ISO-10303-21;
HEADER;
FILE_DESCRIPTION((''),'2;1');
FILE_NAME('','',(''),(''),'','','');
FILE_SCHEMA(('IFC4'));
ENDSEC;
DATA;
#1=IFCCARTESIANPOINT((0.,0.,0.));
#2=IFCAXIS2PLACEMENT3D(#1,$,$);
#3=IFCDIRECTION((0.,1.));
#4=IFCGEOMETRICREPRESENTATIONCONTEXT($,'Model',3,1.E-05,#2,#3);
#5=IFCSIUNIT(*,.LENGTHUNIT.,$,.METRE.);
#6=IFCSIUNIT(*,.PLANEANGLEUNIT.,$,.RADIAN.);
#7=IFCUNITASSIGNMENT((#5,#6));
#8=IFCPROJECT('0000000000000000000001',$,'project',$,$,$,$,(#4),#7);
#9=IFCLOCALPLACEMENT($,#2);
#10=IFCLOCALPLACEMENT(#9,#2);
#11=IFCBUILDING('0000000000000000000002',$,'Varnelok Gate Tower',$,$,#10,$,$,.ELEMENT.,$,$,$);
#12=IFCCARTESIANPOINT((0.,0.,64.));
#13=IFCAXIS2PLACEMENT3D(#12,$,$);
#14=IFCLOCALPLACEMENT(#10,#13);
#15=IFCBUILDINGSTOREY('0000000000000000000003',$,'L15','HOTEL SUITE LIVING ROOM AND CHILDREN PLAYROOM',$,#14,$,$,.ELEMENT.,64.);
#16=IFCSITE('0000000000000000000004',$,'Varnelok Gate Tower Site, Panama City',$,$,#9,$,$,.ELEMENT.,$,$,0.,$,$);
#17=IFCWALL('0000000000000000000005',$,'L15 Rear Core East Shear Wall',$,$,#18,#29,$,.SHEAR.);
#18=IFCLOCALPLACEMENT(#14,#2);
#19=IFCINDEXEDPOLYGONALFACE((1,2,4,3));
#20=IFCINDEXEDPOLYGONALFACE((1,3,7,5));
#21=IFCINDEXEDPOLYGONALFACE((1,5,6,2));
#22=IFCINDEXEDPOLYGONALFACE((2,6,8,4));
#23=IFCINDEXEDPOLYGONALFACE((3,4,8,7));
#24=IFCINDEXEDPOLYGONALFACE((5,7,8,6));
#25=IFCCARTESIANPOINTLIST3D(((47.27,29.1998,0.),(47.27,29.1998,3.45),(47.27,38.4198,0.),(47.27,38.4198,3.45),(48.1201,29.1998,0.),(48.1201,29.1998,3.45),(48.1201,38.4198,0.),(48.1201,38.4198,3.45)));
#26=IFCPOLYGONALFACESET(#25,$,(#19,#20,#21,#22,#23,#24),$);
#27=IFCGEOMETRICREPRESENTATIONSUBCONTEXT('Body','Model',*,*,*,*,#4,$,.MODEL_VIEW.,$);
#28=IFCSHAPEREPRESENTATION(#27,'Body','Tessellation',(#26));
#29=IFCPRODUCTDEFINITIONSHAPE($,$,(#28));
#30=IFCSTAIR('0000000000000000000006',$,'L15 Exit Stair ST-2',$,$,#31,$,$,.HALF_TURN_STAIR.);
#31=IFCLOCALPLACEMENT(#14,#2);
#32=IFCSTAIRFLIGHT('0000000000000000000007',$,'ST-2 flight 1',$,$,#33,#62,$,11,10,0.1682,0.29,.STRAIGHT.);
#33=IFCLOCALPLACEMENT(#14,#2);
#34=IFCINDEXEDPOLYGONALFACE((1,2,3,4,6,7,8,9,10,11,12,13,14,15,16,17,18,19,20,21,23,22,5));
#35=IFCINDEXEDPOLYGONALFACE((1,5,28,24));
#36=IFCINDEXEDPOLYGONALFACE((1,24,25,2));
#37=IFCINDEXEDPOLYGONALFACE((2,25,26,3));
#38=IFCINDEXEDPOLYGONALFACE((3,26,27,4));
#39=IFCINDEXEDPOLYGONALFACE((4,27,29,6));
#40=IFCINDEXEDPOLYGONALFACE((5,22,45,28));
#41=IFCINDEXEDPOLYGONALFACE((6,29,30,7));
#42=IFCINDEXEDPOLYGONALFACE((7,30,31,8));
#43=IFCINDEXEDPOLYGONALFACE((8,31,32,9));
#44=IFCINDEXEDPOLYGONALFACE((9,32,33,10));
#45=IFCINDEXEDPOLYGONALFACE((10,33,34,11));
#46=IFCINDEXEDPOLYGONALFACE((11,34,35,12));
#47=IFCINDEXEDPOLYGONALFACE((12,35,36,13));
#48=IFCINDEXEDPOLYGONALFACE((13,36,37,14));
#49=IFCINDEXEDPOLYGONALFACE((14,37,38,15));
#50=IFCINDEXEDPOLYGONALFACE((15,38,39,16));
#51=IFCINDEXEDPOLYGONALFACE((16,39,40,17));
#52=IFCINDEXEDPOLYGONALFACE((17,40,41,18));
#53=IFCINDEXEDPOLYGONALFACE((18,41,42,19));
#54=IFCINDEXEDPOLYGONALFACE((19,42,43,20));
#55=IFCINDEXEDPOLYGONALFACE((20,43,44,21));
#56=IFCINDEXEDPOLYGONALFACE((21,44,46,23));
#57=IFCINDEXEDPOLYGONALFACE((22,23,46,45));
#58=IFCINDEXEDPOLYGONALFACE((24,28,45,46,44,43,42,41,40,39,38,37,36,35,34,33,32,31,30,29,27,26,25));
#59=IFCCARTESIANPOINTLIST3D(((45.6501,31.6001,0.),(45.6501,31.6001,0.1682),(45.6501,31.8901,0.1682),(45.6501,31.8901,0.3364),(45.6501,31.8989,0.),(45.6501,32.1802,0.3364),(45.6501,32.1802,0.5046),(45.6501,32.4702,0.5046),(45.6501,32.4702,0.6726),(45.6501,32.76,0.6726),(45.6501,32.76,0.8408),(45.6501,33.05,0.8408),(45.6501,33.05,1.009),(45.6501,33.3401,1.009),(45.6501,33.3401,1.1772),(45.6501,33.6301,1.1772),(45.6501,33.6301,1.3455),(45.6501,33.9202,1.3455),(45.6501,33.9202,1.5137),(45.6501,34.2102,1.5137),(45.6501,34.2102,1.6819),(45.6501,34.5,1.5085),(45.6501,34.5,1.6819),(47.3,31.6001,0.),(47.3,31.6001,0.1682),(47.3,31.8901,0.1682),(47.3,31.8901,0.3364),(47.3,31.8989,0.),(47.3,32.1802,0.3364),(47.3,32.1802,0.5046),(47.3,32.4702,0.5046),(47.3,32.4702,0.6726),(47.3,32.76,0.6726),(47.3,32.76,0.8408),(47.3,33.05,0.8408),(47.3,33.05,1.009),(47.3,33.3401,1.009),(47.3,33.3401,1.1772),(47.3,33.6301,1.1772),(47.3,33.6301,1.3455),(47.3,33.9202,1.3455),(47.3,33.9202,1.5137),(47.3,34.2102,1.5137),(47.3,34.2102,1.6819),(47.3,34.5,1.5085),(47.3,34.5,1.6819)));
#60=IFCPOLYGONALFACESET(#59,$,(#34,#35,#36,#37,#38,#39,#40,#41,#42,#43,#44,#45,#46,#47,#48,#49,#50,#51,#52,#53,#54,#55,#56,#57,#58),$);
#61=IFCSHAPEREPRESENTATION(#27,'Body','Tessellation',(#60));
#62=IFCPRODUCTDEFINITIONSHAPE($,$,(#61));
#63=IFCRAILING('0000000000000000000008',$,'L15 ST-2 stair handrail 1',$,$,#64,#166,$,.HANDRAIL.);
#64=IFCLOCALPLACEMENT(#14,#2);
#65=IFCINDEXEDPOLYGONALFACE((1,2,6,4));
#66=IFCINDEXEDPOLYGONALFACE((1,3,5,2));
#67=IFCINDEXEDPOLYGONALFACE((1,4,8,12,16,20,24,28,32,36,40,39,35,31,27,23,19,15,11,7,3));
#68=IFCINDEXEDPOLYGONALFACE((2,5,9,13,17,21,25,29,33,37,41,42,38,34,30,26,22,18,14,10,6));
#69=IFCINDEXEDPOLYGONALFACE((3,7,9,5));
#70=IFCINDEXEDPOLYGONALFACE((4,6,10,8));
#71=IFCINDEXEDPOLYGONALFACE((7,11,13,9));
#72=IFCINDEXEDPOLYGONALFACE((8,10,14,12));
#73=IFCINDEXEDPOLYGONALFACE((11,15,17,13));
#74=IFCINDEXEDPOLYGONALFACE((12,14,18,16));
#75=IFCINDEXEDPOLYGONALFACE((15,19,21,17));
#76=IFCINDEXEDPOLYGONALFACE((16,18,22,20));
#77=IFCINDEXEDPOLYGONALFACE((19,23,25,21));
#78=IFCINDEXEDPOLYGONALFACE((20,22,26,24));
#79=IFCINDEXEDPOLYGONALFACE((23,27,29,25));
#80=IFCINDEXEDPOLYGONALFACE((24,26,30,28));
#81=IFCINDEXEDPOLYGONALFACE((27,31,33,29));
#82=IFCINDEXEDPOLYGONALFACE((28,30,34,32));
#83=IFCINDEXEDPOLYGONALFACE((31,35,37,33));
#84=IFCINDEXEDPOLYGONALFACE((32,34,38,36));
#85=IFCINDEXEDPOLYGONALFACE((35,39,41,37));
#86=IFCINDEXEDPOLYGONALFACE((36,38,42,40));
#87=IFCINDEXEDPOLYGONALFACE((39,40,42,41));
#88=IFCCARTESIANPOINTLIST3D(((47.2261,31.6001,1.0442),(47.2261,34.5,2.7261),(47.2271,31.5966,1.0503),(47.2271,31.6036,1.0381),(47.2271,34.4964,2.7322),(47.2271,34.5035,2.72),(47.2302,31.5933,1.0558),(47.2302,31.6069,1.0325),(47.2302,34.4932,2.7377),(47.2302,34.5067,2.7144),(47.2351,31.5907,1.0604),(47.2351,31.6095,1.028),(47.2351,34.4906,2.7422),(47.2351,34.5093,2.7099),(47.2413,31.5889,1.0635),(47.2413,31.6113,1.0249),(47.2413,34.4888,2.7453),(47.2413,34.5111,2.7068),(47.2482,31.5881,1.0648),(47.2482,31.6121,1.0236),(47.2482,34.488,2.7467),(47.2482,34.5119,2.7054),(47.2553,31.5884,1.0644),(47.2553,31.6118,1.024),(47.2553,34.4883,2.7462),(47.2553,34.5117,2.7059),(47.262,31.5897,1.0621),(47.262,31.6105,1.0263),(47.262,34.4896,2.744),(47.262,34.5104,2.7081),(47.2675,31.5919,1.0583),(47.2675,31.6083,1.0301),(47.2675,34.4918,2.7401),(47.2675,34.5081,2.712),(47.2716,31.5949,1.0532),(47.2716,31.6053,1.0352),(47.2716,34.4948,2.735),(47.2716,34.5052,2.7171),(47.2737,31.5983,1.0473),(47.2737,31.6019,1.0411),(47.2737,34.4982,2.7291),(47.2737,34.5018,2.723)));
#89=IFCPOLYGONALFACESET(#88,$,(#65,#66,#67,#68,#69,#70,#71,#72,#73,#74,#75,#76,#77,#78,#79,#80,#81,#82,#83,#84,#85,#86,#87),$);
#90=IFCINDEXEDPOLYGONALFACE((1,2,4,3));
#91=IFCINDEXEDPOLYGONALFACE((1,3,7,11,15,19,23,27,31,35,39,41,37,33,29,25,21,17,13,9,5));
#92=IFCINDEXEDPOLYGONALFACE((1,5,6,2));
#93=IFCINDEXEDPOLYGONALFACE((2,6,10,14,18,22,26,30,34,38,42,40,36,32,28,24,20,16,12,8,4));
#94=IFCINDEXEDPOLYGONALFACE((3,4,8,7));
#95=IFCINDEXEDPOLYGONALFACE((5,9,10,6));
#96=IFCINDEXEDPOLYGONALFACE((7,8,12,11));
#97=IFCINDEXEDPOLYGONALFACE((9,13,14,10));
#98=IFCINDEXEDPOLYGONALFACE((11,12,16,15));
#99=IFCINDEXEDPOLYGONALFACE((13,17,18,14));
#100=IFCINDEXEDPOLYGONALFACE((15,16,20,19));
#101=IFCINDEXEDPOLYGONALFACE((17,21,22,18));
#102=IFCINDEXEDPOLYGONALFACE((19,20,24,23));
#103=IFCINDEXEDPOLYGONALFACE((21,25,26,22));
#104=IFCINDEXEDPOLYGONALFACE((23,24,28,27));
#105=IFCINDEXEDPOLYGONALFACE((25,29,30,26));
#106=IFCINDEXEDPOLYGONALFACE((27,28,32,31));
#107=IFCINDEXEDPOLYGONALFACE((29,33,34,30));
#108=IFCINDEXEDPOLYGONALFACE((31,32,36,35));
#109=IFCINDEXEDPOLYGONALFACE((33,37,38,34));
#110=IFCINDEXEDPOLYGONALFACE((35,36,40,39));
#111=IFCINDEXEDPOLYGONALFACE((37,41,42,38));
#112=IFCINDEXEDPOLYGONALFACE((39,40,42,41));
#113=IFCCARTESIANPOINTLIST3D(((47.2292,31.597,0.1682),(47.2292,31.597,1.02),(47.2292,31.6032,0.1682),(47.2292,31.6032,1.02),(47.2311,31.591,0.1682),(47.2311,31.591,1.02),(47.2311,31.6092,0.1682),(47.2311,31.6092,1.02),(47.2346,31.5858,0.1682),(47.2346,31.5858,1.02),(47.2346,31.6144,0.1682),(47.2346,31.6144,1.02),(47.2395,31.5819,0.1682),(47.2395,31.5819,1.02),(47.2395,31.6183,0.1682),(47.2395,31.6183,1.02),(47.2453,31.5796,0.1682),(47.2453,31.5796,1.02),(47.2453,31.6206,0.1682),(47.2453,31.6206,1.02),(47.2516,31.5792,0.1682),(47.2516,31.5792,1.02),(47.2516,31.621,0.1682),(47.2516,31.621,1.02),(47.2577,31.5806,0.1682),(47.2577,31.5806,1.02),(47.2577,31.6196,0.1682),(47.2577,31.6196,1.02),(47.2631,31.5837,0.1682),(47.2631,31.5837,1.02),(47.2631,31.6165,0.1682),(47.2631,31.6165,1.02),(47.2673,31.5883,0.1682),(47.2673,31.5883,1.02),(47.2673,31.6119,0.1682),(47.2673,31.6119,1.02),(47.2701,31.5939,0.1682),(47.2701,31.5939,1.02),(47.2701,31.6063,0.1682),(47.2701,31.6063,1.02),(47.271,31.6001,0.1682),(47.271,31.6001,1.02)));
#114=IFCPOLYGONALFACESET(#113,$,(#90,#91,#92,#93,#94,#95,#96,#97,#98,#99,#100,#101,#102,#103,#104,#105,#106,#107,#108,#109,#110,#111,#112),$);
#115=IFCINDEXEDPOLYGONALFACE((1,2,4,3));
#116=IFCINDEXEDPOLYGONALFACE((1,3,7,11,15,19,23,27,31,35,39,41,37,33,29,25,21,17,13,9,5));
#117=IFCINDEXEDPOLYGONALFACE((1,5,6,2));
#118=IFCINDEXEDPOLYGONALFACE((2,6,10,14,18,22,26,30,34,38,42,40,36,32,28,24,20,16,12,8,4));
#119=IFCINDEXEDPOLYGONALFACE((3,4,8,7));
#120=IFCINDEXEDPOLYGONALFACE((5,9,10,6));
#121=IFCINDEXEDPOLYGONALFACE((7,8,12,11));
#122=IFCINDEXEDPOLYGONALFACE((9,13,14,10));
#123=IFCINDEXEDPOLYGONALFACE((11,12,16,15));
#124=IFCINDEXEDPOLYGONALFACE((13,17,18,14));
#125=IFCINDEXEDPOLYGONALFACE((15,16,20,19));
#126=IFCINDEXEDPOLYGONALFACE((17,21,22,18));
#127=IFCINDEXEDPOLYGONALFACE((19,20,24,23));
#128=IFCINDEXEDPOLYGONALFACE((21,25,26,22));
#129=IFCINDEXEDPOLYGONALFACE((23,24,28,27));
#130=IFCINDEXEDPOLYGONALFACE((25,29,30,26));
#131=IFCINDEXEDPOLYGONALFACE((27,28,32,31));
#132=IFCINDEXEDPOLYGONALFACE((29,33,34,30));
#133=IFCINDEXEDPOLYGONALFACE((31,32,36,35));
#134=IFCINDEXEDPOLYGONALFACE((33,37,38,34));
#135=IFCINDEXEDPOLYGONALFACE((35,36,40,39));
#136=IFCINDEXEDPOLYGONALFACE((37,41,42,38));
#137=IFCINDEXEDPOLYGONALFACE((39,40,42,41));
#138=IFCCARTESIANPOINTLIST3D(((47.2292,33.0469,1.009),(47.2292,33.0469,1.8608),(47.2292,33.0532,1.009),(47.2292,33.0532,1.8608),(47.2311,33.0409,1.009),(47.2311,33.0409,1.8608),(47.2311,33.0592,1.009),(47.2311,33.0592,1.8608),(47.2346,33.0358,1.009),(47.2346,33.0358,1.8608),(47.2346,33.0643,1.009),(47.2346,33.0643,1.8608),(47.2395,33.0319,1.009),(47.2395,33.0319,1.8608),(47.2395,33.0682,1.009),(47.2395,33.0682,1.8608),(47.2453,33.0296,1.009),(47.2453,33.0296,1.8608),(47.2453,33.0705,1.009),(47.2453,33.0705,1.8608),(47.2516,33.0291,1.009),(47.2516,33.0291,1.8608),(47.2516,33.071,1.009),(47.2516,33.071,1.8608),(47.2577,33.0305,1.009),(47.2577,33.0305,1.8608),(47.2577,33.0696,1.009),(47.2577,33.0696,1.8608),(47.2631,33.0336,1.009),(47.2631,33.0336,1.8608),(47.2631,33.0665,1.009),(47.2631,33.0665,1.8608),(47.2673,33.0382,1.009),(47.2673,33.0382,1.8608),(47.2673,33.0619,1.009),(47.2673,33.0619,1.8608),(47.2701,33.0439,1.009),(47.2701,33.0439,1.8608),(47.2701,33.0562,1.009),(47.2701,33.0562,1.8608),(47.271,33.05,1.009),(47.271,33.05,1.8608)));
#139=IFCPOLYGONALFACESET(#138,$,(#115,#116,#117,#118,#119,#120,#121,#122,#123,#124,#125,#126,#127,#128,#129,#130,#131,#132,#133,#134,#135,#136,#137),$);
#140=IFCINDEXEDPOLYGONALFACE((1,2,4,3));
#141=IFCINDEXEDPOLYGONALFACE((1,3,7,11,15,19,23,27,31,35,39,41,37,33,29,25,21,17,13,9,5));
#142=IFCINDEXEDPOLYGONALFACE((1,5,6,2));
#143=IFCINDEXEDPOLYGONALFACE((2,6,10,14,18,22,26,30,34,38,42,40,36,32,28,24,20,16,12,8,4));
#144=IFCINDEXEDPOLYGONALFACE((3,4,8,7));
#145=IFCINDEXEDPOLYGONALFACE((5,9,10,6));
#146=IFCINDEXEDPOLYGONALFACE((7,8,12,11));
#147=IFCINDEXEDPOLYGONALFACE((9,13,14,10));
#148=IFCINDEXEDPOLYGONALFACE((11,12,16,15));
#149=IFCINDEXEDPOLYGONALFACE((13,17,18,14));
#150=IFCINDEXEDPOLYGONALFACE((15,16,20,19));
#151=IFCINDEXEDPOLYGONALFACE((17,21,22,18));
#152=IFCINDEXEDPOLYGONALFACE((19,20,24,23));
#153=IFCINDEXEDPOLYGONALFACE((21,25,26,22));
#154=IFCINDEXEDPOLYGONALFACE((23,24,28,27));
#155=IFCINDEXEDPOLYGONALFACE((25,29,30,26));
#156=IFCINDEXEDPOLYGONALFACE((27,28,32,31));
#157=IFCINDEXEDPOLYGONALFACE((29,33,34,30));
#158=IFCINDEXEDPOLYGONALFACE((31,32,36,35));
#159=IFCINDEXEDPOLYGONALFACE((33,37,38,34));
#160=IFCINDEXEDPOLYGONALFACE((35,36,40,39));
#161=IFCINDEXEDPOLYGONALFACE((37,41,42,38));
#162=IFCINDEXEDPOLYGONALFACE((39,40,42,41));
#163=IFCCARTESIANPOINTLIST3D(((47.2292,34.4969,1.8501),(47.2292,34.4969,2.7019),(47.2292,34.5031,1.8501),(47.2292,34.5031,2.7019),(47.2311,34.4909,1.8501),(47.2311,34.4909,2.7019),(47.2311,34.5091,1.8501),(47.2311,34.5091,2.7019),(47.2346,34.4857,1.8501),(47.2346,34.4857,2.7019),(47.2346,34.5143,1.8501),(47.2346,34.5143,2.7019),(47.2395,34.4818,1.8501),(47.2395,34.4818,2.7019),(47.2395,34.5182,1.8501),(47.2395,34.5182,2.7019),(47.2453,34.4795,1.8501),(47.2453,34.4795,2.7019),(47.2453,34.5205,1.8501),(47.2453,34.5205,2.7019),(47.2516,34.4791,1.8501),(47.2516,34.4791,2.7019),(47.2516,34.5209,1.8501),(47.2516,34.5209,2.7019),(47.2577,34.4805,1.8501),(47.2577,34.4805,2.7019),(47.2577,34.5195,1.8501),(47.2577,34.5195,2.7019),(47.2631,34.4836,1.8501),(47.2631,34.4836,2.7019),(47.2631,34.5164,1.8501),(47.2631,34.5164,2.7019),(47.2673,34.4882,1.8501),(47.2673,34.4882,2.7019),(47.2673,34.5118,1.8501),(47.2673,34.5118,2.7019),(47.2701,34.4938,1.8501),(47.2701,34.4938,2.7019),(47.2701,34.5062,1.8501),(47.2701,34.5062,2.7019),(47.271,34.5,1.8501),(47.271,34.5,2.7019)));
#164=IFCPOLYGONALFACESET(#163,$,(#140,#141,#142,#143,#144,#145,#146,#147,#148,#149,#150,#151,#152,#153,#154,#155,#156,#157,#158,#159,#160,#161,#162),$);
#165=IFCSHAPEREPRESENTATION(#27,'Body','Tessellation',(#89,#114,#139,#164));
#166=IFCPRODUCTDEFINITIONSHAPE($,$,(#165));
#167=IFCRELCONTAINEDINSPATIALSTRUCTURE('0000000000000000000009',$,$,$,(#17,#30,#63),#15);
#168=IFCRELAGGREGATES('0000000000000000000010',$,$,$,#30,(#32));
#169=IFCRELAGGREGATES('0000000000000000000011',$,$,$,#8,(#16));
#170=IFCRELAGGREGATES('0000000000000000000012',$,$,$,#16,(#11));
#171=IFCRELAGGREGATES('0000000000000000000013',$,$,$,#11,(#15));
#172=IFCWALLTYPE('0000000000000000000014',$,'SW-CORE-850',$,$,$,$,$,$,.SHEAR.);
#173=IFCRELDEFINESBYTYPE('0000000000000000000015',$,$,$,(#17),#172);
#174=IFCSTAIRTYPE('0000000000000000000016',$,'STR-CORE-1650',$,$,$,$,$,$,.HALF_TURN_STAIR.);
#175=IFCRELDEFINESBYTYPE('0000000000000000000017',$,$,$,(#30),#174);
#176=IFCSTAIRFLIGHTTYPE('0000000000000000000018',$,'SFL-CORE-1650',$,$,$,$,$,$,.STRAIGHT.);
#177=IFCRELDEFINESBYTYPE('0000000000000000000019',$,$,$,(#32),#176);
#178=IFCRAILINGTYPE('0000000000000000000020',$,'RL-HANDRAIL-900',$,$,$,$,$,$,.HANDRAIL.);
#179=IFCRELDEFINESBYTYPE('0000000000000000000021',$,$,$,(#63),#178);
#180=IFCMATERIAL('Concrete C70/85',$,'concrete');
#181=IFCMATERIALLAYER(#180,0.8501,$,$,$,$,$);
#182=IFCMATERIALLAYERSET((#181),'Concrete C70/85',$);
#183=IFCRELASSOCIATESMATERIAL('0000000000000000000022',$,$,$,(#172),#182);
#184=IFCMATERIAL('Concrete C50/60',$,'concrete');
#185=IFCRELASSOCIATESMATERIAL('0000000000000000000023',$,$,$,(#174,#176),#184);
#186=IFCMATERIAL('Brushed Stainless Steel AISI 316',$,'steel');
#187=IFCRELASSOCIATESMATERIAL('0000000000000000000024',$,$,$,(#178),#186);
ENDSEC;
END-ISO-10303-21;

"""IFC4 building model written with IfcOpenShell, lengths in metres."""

from ifc_helpers import new_model, si_unit, direction, frame, frame_2d, origin, origin_2d, place, context, subcontext, project, spatial, polyline, rectangle, circle, outline, extrude, material, layer, layer_set, type_object, element, aggregate, save


model = new_model("IFC4")

# Units and contexts
model_context = context("Model", 3, precision=1e-05, world=origin(), true_north=direction((0.0, 1.0)))
body_context = subcontext(model_context, "Body", "Model", "MODEL_VIEW")
ifc_project = project(units=[si_unit("LENGTHUNIT", "METRE"), si_unit("PLANEANGLEUNIT", "RADIAN")], contexts=[model_context])

# Site, building, storey
site_placement = place(None, origin())
site = spatial("IfcSite", under=ifc_project, at=site_placement, Name="Varnelok Gate Tower Site, Panama City", CompositionType="ELEMENT", RefElevation=0.0)
building_placement = place(site_placement, origin())
building = spatial("IfcBuilding", under=site, at=building_placement, Name="Varnelok Gate Tower", CompositionType="ELEMENT")
storey_placement = place(building_placement, frame((0.0, 0.0, 64.0)))
storey = spatial("IfcBuildingStorey", under=building, at=storey_placement, Name="L15", Description="HOTEL SUITE LIVING ROOM AND CHILDREN PLAYROOM", CompositionType="ELEMENT", Elevation=64.0)

# Shared definitions
ifc_material_1 = material(Name="Concrete C70/85", Category="concrete")

# Wall
ifc_layer_1 = layer(ifc_material_1, 0.8501)
ifc_layer_set_1 = layer_set([ifc_layer_1], Name="Concrete C70/85")
wall_type_1 = type_object("IfcWallType", Name="SW-CORE-850", PredefinedType="SHEAR", material=ifc_layer_set_1)
wall_1_placement = place(storey_placement, frame((47.6951, 29.2, 0.0), z_axis=(0.0, 0.0, 1.0), x_axis=(0.0, 1.0, 0.0)))
element("IfcWall", 1, at=wall_1_placement, inside=storey, type_object=wall_type_1, Name="L15 Rear Core East Shear Wall", PredefinedType="SHEAR", context=body_context, shape_type="SweptSolid", body=[
    extrude(rectangle(XDim=9.22, YDim=0.8501, at=frame_2d((4.6099, 0.0))), origin(), (0.0, 0.0, 1.0), 3.45),
])

# Stair, stair flight
ifc_material_2 = material(Name="Concrete C50/60", Category="concrete")
stair_type = type_object("IfcStairType", Name="STR-CORE-1650", PredefinedType="HALF_TURN_STAIR", material=ifc_material_2)
stair_placement = place(storey_placement, origin())
stair = element("IfcStair", 2, at=stair_placement, inside=storey, type_object=stair_type, Name="L15 Exit Stair ST-2", PredefinedType="HALF_TURN_STAIR")
stair_flight_type = type_object("IfcStairFlightType", Name="SFL-CORE-1650", PredefinedType="STRAIGHT", material=ifc_material_2)
stair_flight_placement = place(storey_placement, frame((46.4751, 31.6001, 0.0), z_axis=(0.0, 0.0, 1.0), x_axis=(0.0, 1.0, 0.0)))
stair_flight = element("IfcStairFlight", 3, at=stair_flight_placement, type_object=stair_flight_type, Name="ST-2 flight 1", NumberOfRisers=11, NumberOfTreads=10, PredefinedType="STRAIGHT", RiserHeight=0.1682, TreadLength=0.29, context=body_context, shape_type="SweptSolid", body=[
    extrude(outline(polyline([(0.0, 0.0), (0.0, 0.1682), (0.29, 0.1682), (0.29, 0.3364), (0.5801, 0.3364), (0.5801, 0.5046), (0.8701, 0.5046), (0.8701, 0.6726), (1.1599, 0.6726), (1.1599, 0.8408), (1.45, 0.8408), (1.45, 1.009), (1.74, 1.009), (1.74, 1.1772), (2.03, 1.1772), (2.03, 1.3455), (2.3201, 1.3455), (2.3201, 1.5137), (2.6101, 1.5137), (2.6101, 1.6819), (2.8999, 1.6819), (2.8999, 1.8501), (2.8999, 1.5085), (0.2988, 0.0), (0.0, 0.0)])), frame((0.0, 0.825, 0.0), z_axis=(0.0, -1.0, 0.0), x_axis=(1.0, 0.0, 0.0)), (0.0, 0.0, 1.0), 1.6499),
])
aggregate(stair, [stair_flight])

# Railing
ifc_material_3 = material(Name="Brushed Stainless Steel AISI 316", Category="steel")
railing_type = type_object("IfcRailingType", Name="RL-HANDRAIL-900", PredefinedType="HANDRAIL", material=ifc_material_3)
railing_placement = place(storey_placement, frame((47.25, 31.6001, 0.1682)))
element("IfcRailing", 4, at=railing_placement, inside=storey, type_object=railing_type, Name="L15 ST-2 stair handrail 1", PredefinedType="HANDRAIL", context=body_context, shape_type="SweptSolid", body=[
    extrude(circle(Radius=0.0239, at=origin_2d()), frame((0.0, 0.0, 0.876), z_axis=(0.0, 0.865039, 0.501705), x_axis=(-1.0, 0.0, 0.0)), (0.0, 0.0, 1.0), 3.3523),
    extrude(circle(Radius=0.021, at=origin_2d()), origin(), (0.0, 0.0, 1.0), 0.8518),
    extrude(circle(Radius=0.021, at=origin_2d()), frame((0.0, 1.45, 0.8408)), (0.0, 0.0, 1.0), 0.8518),
    extrude(circle(Radius=0.021, at=origin_2d()), frame((0.0, 2.8999, 1.6819)), (0.0, 0.0, 1.0), 0.8518),
])

save(model, "model.ifc")
